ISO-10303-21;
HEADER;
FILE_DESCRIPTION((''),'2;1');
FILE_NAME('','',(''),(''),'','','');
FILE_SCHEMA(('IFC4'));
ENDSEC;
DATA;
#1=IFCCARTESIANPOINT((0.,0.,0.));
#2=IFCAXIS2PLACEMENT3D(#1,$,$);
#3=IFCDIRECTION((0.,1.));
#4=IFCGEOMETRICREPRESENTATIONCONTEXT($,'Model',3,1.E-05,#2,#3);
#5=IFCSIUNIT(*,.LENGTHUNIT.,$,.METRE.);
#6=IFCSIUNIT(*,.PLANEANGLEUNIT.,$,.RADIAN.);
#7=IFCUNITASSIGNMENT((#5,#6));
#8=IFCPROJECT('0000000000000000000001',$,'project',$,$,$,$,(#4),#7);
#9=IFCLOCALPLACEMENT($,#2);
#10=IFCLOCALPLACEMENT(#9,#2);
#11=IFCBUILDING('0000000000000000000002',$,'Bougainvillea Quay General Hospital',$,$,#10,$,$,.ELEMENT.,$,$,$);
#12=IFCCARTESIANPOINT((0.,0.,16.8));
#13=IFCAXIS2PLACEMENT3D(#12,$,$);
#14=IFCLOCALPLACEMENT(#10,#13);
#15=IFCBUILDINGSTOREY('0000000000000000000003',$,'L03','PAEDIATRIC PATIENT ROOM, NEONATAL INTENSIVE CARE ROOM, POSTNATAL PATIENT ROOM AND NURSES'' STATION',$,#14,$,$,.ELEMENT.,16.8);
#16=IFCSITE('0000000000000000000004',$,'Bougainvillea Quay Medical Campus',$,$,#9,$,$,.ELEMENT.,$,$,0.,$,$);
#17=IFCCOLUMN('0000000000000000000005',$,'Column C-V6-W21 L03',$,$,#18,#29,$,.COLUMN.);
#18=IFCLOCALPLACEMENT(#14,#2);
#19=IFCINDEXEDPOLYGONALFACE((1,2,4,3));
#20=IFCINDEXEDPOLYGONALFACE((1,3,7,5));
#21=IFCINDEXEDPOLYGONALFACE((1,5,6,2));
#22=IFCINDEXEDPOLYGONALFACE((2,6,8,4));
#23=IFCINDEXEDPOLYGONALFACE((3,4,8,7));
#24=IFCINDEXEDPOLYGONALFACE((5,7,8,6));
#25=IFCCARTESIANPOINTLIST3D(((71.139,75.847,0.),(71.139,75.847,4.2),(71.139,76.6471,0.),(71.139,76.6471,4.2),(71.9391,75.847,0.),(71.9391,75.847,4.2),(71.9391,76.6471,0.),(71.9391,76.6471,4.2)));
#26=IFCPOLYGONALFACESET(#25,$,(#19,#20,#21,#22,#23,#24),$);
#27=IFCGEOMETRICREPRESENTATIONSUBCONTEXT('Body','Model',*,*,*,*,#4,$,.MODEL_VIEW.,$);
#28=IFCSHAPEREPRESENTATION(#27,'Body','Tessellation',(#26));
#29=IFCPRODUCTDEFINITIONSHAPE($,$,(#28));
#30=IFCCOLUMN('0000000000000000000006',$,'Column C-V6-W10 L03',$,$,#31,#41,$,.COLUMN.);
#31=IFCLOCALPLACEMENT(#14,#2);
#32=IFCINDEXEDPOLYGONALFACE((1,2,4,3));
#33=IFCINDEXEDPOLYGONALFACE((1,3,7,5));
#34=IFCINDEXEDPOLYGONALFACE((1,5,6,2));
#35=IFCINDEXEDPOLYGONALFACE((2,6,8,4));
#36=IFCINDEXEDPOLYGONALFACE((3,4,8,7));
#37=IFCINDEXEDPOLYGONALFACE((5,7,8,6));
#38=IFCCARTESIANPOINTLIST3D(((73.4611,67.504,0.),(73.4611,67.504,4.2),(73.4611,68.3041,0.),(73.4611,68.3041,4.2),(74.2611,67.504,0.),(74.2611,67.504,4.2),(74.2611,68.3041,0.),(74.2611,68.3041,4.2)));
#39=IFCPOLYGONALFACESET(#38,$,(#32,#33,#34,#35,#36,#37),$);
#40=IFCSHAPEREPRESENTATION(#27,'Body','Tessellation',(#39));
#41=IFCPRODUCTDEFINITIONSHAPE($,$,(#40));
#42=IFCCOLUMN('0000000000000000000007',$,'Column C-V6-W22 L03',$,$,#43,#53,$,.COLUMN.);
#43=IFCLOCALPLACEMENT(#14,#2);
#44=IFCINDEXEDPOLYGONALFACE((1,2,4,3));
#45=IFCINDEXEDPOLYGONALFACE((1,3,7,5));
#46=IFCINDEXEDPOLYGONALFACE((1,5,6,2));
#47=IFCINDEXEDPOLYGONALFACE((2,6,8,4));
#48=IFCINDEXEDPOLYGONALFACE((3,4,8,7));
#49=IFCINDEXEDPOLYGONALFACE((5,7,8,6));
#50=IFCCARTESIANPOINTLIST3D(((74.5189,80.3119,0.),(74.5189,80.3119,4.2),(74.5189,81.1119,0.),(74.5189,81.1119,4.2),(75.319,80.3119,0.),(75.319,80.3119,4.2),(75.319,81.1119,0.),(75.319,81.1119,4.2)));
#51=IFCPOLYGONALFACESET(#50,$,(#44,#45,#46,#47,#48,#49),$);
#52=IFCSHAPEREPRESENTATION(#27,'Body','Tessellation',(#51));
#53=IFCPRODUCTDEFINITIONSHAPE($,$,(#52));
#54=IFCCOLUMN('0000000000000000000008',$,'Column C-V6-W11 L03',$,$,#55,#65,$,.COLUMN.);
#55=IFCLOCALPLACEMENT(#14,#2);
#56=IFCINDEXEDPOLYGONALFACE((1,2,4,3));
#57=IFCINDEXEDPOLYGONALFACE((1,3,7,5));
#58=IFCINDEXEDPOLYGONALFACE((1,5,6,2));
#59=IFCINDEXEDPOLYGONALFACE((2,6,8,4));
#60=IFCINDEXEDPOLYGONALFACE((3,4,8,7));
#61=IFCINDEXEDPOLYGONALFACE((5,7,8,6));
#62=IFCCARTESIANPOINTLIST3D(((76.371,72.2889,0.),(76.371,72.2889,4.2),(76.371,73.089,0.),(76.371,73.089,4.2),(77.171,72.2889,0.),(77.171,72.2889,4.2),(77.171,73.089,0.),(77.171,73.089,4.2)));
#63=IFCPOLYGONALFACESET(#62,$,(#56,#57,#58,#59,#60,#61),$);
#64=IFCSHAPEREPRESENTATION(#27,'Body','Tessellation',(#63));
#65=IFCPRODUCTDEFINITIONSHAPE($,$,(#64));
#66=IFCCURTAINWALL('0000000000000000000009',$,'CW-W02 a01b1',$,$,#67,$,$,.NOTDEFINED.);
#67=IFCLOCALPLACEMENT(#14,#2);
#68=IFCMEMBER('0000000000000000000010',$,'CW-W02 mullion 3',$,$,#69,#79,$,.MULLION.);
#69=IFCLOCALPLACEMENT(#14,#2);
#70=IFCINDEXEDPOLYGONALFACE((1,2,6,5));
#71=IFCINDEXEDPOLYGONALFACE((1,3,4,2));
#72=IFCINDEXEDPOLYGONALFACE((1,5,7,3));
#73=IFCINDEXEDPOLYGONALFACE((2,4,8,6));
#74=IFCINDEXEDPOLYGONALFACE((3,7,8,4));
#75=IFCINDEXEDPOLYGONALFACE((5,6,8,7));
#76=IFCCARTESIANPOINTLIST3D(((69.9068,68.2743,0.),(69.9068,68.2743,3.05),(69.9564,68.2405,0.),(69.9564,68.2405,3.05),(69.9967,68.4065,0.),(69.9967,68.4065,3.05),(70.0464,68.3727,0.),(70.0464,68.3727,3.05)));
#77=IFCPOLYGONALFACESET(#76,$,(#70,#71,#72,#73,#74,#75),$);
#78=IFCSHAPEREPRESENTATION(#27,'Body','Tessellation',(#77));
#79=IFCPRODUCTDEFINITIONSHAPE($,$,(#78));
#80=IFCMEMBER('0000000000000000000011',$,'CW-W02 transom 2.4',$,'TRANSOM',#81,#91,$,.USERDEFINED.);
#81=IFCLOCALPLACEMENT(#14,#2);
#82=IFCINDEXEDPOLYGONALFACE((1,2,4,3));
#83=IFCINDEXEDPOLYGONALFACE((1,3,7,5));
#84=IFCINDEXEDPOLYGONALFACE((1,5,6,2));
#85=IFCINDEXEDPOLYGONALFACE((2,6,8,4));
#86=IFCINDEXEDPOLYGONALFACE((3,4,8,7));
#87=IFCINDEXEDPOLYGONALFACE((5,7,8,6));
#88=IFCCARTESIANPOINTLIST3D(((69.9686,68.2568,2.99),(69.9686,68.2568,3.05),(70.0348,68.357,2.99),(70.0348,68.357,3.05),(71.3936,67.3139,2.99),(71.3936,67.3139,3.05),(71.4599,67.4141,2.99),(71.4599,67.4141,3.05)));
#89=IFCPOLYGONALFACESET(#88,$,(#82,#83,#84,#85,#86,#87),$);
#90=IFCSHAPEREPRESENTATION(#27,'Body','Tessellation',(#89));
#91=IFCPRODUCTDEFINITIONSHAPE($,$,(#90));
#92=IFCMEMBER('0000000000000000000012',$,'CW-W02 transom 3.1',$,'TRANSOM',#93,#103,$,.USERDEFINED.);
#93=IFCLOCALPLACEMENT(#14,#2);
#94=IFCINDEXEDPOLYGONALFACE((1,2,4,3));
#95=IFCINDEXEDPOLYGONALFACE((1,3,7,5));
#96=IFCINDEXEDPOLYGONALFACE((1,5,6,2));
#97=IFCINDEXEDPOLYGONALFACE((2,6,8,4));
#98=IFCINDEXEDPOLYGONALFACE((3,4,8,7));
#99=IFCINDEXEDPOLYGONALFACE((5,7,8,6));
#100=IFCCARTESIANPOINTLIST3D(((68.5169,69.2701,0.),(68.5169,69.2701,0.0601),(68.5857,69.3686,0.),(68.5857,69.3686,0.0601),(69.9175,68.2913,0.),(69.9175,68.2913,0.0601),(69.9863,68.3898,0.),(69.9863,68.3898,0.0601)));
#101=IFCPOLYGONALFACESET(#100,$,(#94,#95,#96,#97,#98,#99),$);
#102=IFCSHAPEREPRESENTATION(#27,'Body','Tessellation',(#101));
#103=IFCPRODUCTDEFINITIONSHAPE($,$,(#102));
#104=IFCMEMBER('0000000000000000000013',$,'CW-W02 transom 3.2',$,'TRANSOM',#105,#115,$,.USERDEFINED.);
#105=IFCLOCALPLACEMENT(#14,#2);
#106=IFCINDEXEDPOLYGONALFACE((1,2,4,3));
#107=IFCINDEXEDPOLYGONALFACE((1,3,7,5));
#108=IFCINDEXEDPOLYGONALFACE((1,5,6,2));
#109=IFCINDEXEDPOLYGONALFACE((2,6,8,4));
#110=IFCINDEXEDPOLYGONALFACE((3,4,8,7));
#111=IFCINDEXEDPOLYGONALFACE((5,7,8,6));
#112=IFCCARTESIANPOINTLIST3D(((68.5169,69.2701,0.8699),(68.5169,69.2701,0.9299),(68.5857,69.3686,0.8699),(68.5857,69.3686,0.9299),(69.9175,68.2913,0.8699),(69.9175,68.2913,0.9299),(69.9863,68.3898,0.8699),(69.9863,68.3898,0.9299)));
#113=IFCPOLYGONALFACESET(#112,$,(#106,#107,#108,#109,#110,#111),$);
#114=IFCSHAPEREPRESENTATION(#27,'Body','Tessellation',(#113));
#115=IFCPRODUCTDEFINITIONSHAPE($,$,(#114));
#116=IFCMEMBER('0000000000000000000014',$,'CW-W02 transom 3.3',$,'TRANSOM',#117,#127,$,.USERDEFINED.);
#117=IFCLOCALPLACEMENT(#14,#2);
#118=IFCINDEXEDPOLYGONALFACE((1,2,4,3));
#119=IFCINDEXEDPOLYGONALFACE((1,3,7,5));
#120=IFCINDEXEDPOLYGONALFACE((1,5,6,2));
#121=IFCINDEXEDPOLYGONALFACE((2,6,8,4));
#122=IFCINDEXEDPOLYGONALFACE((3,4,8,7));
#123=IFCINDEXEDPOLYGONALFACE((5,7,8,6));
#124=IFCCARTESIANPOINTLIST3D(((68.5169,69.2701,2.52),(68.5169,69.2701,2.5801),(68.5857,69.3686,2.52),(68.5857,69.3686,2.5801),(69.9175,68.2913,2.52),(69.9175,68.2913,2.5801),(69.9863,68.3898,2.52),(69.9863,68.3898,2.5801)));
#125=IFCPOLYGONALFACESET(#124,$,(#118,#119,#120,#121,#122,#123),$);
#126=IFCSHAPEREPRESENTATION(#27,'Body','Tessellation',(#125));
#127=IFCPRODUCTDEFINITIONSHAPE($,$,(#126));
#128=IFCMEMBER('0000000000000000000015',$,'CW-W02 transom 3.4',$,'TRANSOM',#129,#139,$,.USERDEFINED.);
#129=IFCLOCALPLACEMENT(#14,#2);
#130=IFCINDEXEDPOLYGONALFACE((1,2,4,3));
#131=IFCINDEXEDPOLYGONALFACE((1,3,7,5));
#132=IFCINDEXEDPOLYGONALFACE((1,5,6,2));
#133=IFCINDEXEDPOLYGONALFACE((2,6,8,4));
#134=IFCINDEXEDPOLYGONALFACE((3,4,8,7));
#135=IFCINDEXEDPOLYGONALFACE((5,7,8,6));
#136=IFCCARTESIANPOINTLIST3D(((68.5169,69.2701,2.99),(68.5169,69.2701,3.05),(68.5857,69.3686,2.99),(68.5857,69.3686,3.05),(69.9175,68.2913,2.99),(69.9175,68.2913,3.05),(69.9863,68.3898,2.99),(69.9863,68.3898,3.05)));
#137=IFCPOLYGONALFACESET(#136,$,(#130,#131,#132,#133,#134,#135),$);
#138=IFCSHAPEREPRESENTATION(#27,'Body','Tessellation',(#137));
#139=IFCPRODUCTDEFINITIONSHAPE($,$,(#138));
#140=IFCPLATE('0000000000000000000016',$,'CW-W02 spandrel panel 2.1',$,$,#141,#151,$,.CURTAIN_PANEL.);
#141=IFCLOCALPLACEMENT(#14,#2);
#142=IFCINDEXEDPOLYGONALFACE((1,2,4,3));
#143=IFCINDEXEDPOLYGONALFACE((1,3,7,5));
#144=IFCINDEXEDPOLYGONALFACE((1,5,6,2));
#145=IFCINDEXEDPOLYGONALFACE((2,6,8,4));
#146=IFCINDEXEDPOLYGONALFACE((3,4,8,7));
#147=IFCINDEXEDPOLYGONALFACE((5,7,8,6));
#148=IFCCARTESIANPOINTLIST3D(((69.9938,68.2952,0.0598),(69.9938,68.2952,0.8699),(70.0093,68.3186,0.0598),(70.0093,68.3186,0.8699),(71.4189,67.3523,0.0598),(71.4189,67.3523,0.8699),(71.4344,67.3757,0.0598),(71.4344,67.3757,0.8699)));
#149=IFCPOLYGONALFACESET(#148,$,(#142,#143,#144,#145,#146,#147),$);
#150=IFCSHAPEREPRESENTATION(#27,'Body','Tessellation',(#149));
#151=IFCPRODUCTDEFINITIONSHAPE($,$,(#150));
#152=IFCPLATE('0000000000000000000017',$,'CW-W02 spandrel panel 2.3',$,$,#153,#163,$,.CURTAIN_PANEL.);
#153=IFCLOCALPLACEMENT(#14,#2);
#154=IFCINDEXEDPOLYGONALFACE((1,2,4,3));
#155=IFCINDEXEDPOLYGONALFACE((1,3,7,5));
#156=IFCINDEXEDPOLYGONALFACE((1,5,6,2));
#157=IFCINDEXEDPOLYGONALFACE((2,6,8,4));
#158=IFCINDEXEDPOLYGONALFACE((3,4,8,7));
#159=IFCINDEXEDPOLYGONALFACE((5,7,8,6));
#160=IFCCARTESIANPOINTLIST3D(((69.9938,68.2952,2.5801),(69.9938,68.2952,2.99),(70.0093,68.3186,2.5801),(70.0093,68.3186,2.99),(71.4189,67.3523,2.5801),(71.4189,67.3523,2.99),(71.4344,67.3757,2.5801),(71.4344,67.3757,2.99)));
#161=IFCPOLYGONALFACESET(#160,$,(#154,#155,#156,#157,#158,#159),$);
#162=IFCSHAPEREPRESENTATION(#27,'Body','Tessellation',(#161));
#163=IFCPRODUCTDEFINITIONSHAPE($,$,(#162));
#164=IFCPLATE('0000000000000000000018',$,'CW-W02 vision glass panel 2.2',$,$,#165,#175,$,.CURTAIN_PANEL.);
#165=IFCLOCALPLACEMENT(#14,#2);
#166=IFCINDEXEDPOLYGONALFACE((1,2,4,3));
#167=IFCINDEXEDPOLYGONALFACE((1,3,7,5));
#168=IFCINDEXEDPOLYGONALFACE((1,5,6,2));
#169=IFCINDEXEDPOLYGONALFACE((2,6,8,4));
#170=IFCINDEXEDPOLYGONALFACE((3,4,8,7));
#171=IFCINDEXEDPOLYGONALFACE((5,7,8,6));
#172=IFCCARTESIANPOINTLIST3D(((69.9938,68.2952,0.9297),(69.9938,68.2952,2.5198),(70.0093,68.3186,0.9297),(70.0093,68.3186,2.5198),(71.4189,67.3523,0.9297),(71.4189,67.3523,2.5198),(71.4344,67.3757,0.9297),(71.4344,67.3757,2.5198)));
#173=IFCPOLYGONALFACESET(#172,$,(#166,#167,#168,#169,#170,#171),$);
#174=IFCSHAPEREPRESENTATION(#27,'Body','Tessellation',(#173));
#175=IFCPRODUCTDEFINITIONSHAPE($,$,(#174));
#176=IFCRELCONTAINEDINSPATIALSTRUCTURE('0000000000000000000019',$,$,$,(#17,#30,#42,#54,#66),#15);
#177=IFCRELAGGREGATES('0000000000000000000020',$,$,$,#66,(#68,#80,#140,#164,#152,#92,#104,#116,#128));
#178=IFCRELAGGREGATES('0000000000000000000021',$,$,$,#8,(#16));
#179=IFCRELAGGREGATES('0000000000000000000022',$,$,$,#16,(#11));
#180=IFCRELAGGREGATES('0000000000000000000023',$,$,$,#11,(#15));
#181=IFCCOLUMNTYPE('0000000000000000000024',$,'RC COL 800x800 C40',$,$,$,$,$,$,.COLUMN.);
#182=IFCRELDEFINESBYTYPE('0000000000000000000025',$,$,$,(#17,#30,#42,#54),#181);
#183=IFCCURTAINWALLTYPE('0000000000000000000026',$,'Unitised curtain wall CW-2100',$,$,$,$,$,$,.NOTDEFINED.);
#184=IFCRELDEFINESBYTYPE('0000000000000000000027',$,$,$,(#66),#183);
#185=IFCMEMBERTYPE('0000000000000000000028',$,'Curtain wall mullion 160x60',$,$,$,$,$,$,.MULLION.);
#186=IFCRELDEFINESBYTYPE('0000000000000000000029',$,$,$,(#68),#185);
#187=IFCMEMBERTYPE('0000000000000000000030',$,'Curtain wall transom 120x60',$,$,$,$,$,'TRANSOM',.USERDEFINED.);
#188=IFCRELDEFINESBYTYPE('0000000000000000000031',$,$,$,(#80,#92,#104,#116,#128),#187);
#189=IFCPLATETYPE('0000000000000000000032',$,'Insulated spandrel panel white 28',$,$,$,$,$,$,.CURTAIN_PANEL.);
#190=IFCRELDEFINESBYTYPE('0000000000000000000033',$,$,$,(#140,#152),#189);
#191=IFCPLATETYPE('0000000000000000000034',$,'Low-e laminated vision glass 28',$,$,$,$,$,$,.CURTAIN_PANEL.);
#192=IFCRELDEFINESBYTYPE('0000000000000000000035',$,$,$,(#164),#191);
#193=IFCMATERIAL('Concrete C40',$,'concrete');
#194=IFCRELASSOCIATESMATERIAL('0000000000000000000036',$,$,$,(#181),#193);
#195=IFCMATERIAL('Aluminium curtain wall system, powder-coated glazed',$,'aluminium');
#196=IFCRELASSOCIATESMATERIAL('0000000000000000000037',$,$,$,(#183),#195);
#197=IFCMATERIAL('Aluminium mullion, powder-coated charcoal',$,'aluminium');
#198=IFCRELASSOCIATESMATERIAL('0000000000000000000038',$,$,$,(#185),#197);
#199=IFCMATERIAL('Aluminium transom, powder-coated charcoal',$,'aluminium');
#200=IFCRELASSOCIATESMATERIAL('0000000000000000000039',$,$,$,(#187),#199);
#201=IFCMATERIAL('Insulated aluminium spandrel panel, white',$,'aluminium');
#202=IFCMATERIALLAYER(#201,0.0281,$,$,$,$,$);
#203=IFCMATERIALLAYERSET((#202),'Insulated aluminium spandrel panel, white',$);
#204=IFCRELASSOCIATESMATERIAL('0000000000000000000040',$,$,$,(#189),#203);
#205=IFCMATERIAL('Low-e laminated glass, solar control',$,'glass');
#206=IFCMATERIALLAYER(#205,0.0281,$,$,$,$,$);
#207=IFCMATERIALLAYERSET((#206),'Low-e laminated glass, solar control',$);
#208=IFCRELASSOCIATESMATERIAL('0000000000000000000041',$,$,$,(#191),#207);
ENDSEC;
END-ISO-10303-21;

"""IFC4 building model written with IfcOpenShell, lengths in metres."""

from ifc_helpers import new_model, si_unit, direction, frame, origin, origin_2d, place, context, subcontext, project, spatial, rectangle, extrude, material, layer, layer_set, material_profile, profile_set, type_object, element, aggregate, save


model = new_model("IFC4")

# Units and contexts
model_context = context("Model", 3, precision=1e-05, world=origin(), true_north=direction((0.0, 1.0)))
body_context = subcontext(model_context, "Body", "Model", "MODEL_VIEW")
ifc_project = project(units=[si_unit("LENGTHUNIT", "METRE"), si_unit("PLANEANGLEUNIT", "RADIAN")], contexts=[model_context])

# Site, building, storey
site_placement = place(None, origin())
site = spatial("IfcSite", under=ifc_project, at=site_placement, Name="Bougainvillea Quay Medical Campus", CompositionType="ELEMENT", RefElevation=0.0)
building_placement = place(site_placement, origin())
building = spatial("IfcBuilding", under=site, at=building_placement, Name="Bougainvillea Quay General Hospital", CompositionType="ELEMENT")
storey_placement = place(building_placement, frame((0.0, 0.0, 16.8)))
storey = spatial("IfcBuildingStorey", under=building, at=storey_placement, Name="L03", Description="PAEDIATRIC PATIENT ROOM, NEONATAL INTENSIVE CARE ROOM, POSTNATAL PATIENT ROOM AND NURSES' STATION", CompositionType="ELEMENT", Elevation=16.8)

# Columns
ifc_material_1 = material(Name="Concrete C40", Category="concrete")
ifc_material_profile_1 = material_profile(ifc_material_1, rectangle(XDim=0.8, YDim=0.8, at=origin_2d()))
ifc_profile_set_1 = profile_set([ifc_material_profile_1], Name="Concrete C40")
column_type = type_object("IfcColumnType", Name="RC COL 800x800 C40", PredefinedType="COLUMN", material=ifc_profile_set_1)
for number, where, z_axis, x_axis, name in (
    (1, (71.5391, 76.2471, 0.0), (0.0, 0.0, 1.0), (1.0, 0.0, 0.0), "Column C-V6-W21 L03"),
    (2, (73.8611, 67.9041, 0.0), (0.0, 0.0, 1.0), (1.0, 0.0, 0.0), "Column C-V6-W10 L03"),
    (3, (74.9189, 80.7119, 0.0), (0.0, 0.0, 1.0), (1.0, 0.0, 0.0), "Column C-V6-W22 L03"),
    (4, (76.771, 72.689, 0.0), (0.0, 0.0, 1.0), (1.0, 0.0, 0.0), "Column C-V6-W11 L03"),
):
    element("IfcColumn", number, at=place(storey_placement, frame(where, z_axis=z_axis, x_axis=x_axis)), inside=storey, type_object=column_type, Name=name, PredefinedType="COLUMN", context=body_context, shape_type="SweptSolid", body=[
        extrude(rectangle(XDim=0.8, YDim=0.8, at=origin_2d()), origin(), (0.0, 0.0, 1.0), 4.2),
    ])

# Curtain wall, members, plates
ifc_material_2 = material(Name="Aluminium curtain wall system, powder-coated glazed", Category="aluminium")
curtain_wall_type = type_object("IfcCurtainWallType", Name="Unitised curtain wall CW-2100", PredefinedType="NOTDEFINED", material=ifc_material_2)
curtain_wall_placement = place(storey_placement, origin())
curtain_wall = element("IfcCurtainWall", 5, at=curtain_wall_placement, inside=storey, type_object=curtain_wall_type, Name="CW-W02 a01b1", PredefinedType="NOTDEFINED")
ifc_material_3 = material(Name="Aluminium mullion, powder-coated charcoal", Category="aluminium")
ifc_material_profile_2 = material_profile(ifc_material_3, rectangle(XDim=0.1599, YDim=0.0601, at=origin_2d()))
ifc_profile_set_2 = profile_set([ifc_material_profile_2], Name="Aluminium mullion, powder-coated charcoal")
member_type_1 = type_object("IfcMemberType", Name="Curtain wall mullion 160x60", PredefinedType="MULLION", material=ifc_profile_set_2)
member_1_placement = place(storey_placement, frame((69.9766, 68.3235, 0.0), z_axis=(0.0, 0.0, 1.0), x_axis=(-0.562343, -0.826904, 0.0)))
member_1 = element("IfcMember", 6, at=member_1_placement, type_object=member_type_1, Name="CW-W02 mullion 3", PredefinedType="MULLION", context=body_context, shape_type="SweptSolid", body=[
    extrude(rectangle(XDim=0.1599, YDim=0.0601, at=origin_2d()), origin(), (0.0, 0.0, 1.0), 3.05),
])
ifc_material_4 = material(Name="Aluminium transom, powder-coated charcoal", Category="aluminium")
ifc_material_profile_3 = material_profile(ifc_material_4, rectangle(XDim=0.1201, YDim=0.0601, at=origin_2d()))
ifc_profile_set_3 = profile_set([ifc_material_profile_3], Name="Aluminium transom, powder-coated charcoal")
member_type_2 = type_object("IfcMemberType", Name="Curtain wall transom 120x60", ElementType="TRANSOM", PredefinedType="USERDEFINED", material=ifc_profile_set_3)
member_2_placement = place(storey_placement, frame((71.4268, 67.364, 3.02), z_axis=(-0.83398, 0.551795, 0.0), x_axis=(-0.551795, -0.83398, 0.0)))
member_2 = element("IfcMember", 7, at=member_2_placement, type_object=member_type_2, Name="CW-W02 transom 2.4", ObjectType="TRANSOM", PredefinedType="USERDEFINED", context=body_context, shape_type="SweptSolid", body=[
    extrude(rectangle(XDim=0.1201, YDim=0.0601, at=origin_2d()), origin(), (0.0, 0.0, 1.0), 1.7087),
])
member_3_placement = place(storey_placement, frame((69.9519, 68.3406, 0.03), z_axis=(-0.819695, 0.572801, 0.0), x_axis=(-0.572801, -0.819695, 0.0)))
member_3 = element("IfcMember", 8, at=member_3_placement, type_object=member_type_2, Name="CW-W02 transom 3.1", ObjectType="TRANSOM", PredefinedType="USERDEFINED", context=body_context, shape_type="SweptSolid", body=[
    extrude(rectangle(XDim=0.1201, YDim=0.0601, at=origin_2d()), origin(), (0.0, 0.0, 1.0), 1.7087),
])
member_4_placement = place(storey_placement, frame((69.9519, 68.3406, 0.8999), z_axis=(-0.819695, 0.572801, 0.0), x_axis=(-0.572801, -0.819695, 0.0)))
member_4 = element("IfcMember", 9, at=member_4_placement, type_object=member_type_2, Name="CW-W02 transom 3.2", ObjectType="TRANSOM", PredefinedType="USERDEFINED", context=body_context, shape_type="SweptSolid", body=[
    extrude(rectangle(XDim=0.1201, YDim=0.0601, at=origin_2d()), origin(), (0.0, 0.0, 1.0), 1.7087),
])
member_5_placement = place(storey_placement, frame((69.9519, 68.3406, 2.55), z_axis=(-0.819695, 0.572801, 0.0), x_axis=(-0.572801, -0.819695, 0.0)))
member_5 = element("IfcMember", 10, at=member_5_placement, type_object=member_type_2, Name="CW-W02 transom 3.3", ObjectType="TRANSOM", PredefinedType="USERDEFINED", context=body_context, shape_type="SweptSolid", body=[
    extrude(rectangle(XDim=0.1201, YDim=0.0601, at=origin_2d()), origin(), (0.0, 0.0, 1.0), 1.7087),
])
member_6_placement = place(storey_placement, frame((69.9519, 68.3406, 3.02), z_axis=(-0.819695, 0.572801, 0.0), x_axis=(-0.572801, -0.819695, 0.0)))
member_6 = element("IfcMember", 11, at=member_6_placement, type_object=member_type_2, Name="CW-W02 transom 3.4", ObjectType="TRANSOM", PredefinedType="USERDEFINED", context=body_context, shape_type="SweptSolid", body=[
    extrude(rectangle(XDim=0.1201, YDim=0.0601, at=origin_2d()), origin(), (0.0, 0.0, 1.0), 1.7087),
])
ifc_material_5 = material(Name="Insulated aluminium spandrel panel, white", Category="aluminium")
ifc_layer_1 = layer(ifc_material_5, 0.0281)
ifc_layer_set_1 = layer_set([ifc_layer_1], Name="Insulated aluminium spandrel panel, white")
plate_type_1 = type_object("IfcPlateType", Name="Insulated spandrel panel white 28", PredefinedType="CURTAIN_PANEL", material=ifc_layer_set_1)
plate_1_placement = place(storey_placement, frame((70.7141, 67.8354, 0.0598), z_axis=(0.0, 0.0, 1.0), x_axis=(-0.833968, 0.551813, 0.0)))
plate_1 = element("IfcPlate", 12, at=plate_1_placement, type_object=plate_type_1, Name="CW-W02 spandrel panel 2.1", PredefinedType="CURTAIN_PANEL", context=body_context, shape_type="SweptSolid", body=[
    extrude(rectangle(XDim=1.7087, YDim=0.0281, at=origin_2d()), origin(), (0.0, 0.0, 1.0), 0.8101),
])
plate_2_placement = place(storey_placement, frame((70.7141, 67.8354, 2.5801), z_axis=(0.0, 0.0, 1.0), x_axis=(-0.833968, 0.551813, 0.0)))
plate_2 = element("IfcPlate", 13, at=plate_2_placement, type_object=plate_type_1, Name="CW-W02 spandrel panel 2.3", PredefinedType="CURTAIN_PANEL", context=body_context, shape_type="SweptSolid", body=[
    extrude(rectangle(XDim=1.7087, YDim=0.0281, at=origin_2d()), origin(), (0.0, 0.0, 1.0), 0.4099),
])
ifc_material_6 = material(Name="Low-e laminated glass, solar control", Category="glass")
ifc_layer_2 = layer(ifc_material_6, 0.0281)
ifc_layer_set_2 = layer_set([ifc_layer_2], Name="Low-e laminated glass, solar control")
plate_type_2 = type_object("IfcPlateType", Name="Low-e laminated vision glass 28", PredefinedType="CURTAIN_PANEL", material=ifc_layer_set_2)
plate_3_placement = place(storey_placement, frame((70.7141, 67.8354, 0.9297), z_axis=(0.0, 0.0, 1.0), x_axis=(-0.833968, 0.551813, 0.0)))
plate_3 = element("IfcPlate", 14, at=plate_3_placement, type_object=plate_type_2, Name="CW-W02 vision glass panel 2.2", PredefinedType="CURTAIN_PANEL", context=body_context, shape_type="SweptSolid", body=[
    extrude(rectangle(XDim=1.7087, YDim=0.0281, at=origin_2d()), origin(), (0.0, 0.0, 1.0), 1.5901),
])
aggregate(curtain_wall, [member_1, member_2, plate_1, plate_3, plate_2, member_3, member_4, member_5, member_6])

save(model, "model.ifc")
